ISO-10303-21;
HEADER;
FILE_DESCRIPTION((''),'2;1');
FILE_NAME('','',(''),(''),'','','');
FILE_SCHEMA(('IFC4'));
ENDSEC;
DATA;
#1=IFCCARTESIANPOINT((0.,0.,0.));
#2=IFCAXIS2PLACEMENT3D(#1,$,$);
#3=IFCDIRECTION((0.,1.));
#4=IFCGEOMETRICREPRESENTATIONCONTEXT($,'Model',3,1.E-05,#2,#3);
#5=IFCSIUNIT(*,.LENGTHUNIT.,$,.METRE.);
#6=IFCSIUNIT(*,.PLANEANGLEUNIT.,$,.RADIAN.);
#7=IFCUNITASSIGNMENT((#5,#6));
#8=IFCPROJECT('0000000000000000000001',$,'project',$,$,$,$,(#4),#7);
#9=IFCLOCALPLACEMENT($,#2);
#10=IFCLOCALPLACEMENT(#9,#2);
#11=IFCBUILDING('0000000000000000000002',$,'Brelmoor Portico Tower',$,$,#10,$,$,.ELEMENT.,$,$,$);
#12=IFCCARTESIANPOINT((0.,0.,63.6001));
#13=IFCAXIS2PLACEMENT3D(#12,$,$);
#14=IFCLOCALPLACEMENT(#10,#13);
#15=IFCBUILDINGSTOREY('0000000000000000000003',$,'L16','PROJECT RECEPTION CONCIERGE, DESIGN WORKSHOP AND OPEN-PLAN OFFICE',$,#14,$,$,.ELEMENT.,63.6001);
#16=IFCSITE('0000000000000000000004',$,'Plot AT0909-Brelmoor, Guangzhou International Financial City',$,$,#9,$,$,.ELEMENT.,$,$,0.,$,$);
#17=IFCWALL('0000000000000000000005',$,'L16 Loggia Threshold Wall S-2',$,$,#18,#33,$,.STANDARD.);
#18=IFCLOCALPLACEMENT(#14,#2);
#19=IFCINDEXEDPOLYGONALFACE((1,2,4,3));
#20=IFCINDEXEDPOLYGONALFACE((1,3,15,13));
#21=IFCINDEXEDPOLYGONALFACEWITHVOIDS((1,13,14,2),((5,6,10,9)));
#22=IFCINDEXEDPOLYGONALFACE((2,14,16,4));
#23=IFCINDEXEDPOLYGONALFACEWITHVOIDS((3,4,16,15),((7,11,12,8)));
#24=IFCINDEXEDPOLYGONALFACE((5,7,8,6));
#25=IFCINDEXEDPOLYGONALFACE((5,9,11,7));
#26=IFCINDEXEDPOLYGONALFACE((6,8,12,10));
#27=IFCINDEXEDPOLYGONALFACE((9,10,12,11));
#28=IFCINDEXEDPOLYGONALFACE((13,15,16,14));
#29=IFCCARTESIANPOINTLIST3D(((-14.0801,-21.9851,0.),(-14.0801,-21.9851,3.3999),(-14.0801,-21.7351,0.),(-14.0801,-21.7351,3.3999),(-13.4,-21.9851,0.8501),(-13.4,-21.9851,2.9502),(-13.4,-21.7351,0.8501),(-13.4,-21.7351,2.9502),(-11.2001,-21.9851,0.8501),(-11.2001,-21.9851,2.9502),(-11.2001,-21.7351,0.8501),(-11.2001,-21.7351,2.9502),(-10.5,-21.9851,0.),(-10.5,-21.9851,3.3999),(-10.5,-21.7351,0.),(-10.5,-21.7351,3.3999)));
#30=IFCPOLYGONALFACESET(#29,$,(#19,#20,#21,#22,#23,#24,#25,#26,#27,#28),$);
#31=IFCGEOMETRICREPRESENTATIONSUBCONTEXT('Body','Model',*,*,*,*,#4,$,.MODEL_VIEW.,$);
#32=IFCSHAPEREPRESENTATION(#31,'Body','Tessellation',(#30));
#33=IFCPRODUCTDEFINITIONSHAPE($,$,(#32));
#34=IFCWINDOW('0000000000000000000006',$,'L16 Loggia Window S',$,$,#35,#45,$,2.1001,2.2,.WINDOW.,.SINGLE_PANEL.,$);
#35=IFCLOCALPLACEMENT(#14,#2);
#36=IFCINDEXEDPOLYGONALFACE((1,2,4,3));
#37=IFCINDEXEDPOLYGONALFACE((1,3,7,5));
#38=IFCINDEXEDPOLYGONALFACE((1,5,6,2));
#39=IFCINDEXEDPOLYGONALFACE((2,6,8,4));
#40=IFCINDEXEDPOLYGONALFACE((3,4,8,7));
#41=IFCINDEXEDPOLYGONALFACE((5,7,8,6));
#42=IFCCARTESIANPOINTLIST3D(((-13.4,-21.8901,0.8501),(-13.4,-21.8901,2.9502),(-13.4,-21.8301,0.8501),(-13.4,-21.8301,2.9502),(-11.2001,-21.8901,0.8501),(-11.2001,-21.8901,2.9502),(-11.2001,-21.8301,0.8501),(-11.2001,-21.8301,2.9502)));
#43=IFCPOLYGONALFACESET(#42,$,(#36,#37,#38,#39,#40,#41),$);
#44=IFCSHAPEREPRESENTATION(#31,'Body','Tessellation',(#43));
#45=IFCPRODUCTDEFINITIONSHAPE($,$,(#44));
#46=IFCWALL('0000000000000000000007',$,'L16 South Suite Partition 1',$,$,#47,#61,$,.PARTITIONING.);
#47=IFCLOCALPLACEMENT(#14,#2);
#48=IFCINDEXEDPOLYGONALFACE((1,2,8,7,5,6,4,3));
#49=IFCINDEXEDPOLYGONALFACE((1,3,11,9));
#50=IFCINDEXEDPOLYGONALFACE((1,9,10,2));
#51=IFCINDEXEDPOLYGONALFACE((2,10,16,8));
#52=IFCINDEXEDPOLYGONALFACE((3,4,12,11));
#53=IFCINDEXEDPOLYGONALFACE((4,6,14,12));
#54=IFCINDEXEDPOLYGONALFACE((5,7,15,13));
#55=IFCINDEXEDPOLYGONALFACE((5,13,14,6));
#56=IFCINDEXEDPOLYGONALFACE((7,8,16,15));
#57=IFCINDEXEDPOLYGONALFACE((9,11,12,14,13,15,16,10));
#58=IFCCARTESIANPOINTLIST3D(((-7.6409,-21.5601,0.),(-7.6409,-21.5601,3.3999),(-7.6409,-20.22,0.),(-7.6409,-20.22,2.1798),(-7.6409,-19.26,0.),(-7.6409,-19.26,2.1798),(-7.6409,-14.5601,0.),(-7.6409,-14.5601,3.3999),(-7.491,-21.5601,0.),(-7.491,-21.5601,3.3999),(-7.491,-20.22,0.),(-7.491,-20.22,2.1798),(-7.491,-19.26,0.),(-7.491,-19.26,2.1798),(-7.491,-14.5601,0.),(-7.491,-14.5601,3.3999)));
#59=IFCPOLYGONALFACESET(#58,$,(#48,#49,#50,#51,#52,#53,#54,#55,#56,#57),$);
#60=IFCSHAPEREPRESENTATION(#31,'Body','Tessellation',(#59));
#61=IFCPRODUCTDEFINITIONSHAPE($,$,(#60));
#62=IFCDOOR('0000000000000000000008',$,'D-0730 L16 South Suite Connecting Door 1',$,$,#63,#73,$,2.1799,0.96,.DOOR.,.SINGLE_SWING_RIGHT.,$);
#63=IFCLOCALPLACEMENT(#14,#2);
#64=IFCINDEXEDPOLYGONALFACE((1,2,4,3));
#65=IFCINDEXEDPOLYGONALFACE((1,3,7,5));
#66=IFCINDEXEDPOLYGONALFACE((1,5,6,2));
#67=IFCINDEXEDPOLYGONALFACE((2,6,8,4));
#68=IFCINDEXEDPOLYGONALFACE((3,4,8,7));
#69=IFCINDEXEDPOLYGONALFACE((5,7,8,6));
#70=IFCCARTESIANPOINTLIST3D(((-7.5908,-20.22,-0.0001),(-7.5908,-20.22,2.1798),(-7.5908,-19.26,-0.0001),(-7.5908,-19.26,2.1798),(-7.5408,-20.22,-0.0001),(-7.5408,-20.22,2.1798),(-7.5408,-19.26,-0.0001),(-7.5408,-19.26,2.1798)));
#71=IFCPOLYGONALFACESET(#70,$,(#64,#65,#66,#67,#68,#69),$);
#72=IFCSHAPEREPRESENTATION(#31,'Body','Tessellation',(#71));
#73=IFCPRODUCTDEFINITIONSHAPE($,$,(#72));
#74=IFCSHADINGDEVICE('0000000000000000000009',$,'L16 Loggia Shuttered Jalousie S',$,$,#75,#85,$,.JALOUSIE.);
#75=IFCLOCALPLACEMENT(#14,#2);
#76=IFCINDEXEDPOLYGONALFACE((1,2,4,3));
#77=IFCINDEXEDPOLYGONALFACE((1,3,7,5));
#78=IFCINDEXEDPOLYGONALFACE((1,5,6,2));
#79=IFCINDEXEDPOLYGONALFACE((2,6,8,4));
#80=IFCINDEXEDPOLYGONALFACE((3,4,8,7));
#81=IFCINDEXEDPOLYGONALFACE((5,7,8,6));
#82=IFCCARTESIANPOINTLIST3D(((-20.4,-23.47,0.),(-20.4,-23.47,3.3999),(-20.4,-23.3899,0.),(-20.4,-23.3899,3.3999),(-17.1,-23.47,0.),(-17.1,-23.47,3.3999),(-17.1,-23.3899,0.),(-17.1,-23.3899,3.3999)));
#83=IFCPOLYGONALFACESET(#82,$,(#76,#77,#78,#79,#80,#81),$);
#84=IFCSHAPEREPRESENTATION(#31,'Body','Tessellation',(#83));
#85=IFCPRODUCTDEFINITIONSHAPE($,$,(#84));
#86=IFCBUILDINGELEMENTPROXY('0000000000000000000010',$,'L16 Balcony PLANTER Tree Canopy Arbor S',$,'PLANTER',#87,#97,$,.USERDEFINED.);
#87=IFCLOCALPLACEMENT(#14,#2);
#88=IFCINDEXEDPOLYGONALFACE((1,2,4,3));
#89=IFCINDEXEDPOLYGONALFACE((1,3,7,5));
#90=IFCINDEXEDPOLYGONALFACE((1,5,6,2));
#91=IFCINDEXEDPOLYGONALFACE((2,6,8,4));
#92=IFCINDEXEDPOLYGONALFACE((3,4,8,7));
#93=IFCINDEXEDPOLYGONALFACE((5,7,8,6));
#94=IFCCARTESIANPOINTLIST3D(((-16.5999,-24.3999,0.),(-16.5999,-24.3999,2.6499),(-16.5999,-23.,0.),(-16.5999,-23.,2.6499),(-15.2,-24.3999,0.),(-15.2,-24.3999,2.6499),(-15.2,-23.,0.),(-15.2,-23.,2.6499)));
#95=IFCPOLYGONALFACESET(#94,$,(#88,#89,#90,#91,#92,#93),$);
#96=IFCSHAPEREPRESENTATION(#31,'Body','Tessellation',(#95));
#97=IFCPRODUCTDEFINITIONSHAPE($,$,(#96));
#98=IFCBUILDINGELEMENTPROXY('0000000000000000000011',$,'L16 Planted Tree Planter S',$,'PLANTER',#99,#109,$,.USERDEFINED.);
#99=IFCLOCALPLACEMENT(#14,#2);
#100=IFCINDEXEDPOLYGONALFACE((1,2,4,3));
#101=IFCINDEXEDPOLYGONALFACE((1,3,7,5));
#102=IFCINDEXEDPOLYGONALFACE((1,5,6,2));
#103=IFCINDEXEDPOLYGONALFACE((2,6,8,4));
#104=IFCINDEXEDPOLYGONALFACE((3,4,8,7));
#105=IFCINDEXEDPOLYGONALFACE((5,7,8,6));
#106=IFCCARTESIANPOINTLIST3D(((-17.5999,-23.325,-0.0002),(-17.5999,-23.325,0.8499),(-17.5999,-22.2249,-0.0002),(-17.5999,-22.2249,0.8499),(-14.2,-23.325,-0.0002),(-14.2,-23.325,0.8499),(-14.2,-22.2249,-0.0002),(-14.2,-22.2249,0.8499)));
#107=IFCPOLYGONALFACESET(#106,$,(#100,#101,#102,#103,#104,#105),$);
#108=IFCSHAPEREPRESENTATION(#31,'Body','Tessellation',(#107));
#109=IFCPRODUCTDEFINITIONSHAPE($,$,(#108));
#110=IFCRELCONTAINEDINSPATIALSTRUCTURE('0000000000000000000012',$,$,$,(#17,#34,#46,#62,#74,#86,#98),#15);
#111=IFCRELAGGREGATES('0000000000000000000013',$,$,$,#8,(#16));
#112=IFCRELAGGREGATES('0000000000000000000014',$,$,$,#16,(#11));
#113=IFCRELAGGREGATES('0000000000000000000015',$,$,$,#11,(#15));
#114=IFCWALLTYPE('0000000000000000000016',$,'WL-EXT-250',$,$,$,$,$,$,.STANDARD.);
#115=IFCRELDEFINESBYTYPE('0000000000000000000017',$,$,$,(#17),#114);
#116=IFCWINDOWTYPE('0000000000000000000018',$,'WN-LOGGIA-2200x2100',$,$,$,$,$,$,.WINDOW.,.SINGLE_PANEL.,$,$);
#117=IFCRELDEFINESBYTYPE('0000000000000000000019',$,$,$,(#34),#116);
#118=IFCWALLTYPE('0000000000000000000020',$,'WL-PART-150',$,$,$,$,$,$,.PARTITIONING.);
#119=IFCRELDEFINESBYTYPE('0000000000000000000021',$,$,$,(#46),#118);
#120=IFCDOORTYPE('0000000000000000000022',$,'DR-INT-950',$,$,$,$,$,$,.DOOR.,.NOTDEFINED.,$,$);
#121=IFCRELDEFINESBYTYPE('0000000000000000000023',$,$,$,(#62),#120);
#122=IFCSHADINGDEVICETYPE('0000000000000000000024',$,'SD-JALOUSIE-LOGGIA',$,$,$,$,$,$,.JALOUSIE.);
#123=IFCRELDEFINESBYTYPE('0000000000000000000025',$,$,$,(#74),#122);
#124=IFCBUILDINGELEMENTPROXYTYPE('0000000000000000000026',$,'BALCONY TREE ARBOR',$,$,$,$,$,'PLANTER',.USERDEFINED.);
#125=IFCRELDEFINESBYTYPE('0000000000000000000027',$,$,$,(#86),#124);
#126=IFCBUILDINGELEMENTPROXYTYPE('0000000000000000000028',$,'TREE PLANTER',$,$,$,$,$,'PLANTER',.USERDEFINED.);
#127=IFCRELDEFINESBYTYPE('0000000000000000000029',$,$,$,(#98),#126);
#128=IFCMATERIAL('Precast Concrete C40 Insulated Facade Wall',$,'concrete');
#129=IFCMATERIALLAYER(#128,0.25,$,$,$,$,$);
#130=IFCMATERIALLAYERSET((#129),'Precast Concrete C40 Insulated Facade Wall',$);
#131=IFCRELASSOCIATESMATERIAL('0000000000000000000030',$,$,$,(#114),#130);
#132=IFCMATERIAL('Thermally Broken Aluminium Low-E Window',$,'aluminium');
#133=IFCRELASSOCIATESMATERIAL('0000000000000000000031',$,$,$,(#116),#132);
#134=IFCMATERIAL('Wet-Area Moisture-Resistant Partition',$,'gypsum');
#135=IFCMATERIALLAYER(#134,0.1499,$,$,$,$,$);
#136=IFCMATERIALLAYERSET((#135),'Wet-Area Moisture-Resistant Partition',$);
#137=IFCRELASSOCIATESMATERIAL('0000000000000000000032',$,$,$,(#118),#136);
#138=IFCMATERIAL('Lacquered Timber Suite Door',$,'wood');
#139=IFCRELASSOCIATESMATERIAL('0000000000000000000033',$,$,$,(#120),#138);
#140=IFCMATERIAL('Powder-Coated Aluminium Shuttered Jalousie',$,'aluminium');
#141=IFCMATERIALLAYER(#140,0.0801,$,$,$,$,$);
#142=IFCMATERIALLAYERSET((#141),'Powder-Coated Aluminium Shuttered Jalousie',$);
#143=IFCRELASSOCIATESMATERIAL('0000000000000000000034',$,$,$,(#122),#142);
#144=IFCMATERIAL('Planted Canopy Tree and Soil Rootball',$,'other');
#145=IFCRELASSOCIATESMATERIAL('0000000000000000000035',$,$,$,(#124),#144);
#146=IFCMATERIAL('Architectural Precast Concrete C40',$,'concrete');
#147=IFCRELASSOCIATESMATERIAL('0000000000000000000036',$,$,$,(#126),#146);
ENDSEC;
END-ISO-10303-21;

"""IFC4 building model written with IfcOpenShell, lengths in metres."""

from ifc_helpers import new_model, si_unit, direction, frame, frame_2d, origin, origin_2d, place, context, subcontext, project, spatial, rectangle, extrude, material, layer, layer_set, type_object, element, fill, save


model = new_model("IFC4")

# Units and contexts
model_context = context("Model", 3, precision=1e-05, world=origin(), true_north=direction((0.0, 1.0)))
body_context = subcontext(model_context, "Body", "Model", "MODEL_VIEW")
ifc_project = project(units=[si_unit("LENGTHUNIT", "METRE"), si_unit("PLANEANGLEUNIT", "RADIAN")], contexts=[model_context])

# Site, building, storey
site_placement = place(None, origin())
site = spatial("IfcSite", under=ifc_project, at=site_placement, Name="Plot AT0909-Brelmoor, Guangzhou International Financial City", CompositionType="ELEMENT", RefElevation=0.0)
building_placement = place(site_placement, origin())
building = spatial("IfcBuilding", under=site, at=building_placement, Name="Brelmoor Portico Tower", CompositionType="ELEMENT")
storey_placement = place(building_placement, frame((0.0, 0.0, 63.6001)))
storey = spatial("IfcBuildingStorey", under=building, at=storey_placement, Name="L16", Description="PROJECT RECEPTION CONCIERGE, DESIGN WORKSHOP AND OPEN-PLAN OFFICE", CompositionType="ELEMENT", Elevation=63.6001)

# Shared definitions
ifc_material_1 = material(Name="Precast Concrete C40 Insulated Facade Wall", Category="concrete")
ifc_layer_1 = layer(ifc_material_1, 0.25)
ifc_layer_set_1 = layer_set([ifc_layer_1], Name="Precast Concrete C40 Insulated Facade Wall")
wall_type_1 = type_object("IfcWallType", Name="WL-EXT-250", PredefinedType="STANDARD", material=ifc_layer_set_1)

# Wall, opening, window
wall_1_placement = place(storey_placement, frame((-14.0801, -21.8601, 0.0), z_axis=(0.0, 0.0, 1.0), x_axis=(1.0, 0.0, 0.0)))
wall_1 = element("IfcWall", 1, at=wall_1_placement, inside=storey, type_object=wall_type_1, Name="L16 Loggia Threshold Wall S-2", PredefinedType="STANDARD", context=body_context, shape_type="SweptSolid", body=[
    extrude(rectangle(XDim=3.5801, YDim=0.25, at=frame_2d((1.79, 0.0))), origin(), (0.0, 0.0, 1.0), 3.3999),
])
opening_1_placement = place(wall_1_placement, frame((0.6799, 0.0, 0.8501)))
opening_1 = element("IfcOpeningElement", 2, at=opening_1_placement, cuts=wall_1, PredefinedType="OPENING", context=body_context, shape_type="SweptSolid", body=[
    extrude(rectangle(XDim=2.2, YDim=2.1001, at=frame_2d((1.1001, 1.05))), frame((0.0, 0.135, 0.0), z_axis=(0.0, -1.0, 0.0), x_axis=(1.0, 0.0, 0.0)), (0.0, 0.0, 1.0), 0.27),
])
ifc_material_2 = material(Name="Thermally Broken Aluminium Low-E Window", Category="aluminium")
window_type = type_object("IfcWindowType", Name="WN-LOGGIA-2200x2100", PartitioningType="SINGLE_PANEL", PredefinedType="WINDOW", material=ifc_material_2)
window_placement = place(opening_1_placement, origin())
window = element("IfcWindow", 3, at=window_placement, inside=storey, type_object=window_type, Name="L16 Loggia Window S", OverallHeight=2.1001, OverallWidth=2.2, PartitioningType="SINGLE_PANEL", PredefinedType="WINDOW", context=body_context, shape_type="SweptSolid", body=[
    extrude(rectangle(XDim=2.2, YDim=2.1001, at=frame_2d((1.1001, 1.05))), frame((0.0, 0.03, 0.0), z_axis=(0.0, -1.0, 0.0), x_axis=(1.0, 0.0, 0.0)), (0.0, 0.0, 1.0), 0.0601),
])
fill(opening_1, window)

# Wall, opening, door
ifc_material_3 = material(Name="Wet-Area Moisture-Resistant Partition", Category="gypsum")
ifc_layer_2 = layer(ifc_material_3, 0.1499)
ifc_layer_set_2 = layer_set([ifc_layer_2], Name="Wet-Area Moisture-Resistant Partition")
wall_type_2 = type_object("IfcWallType", Name="WL-PART-150", PredefinedType="PARTITIONING", material=ifc_layer_set_2)
wall_2_placement = place(storey_placement, frame((-7.5659, -21.5601, 0.0), z_axis=(0.0, 0.0, 1.0), x_axis=(0.0, 1.0, 0.0)))
wall_2 = element("IfcWall", 4, at=wall_2_placement, inside=storey, type_object=wall_type_2, Name="L16 South Suite Partition 1", PredefinedType="PARTITIONING", context=body_context, shape_type="SweptSolid", body=[
    extrude(rectangle(XDim=7.0, YDim=0.1499, at=frame_2d((3.5, 0.0))), origin(), (0.0, 0.0, 1.0), 3.3999),
])
opening_2_placement = place(wall_2_placement, frame((1.3401, 0.0, 0.0)))
opening_2 = element("IfcOpeningElement", 5, at=opening_2_placement, cuts=wall_2, PredefinedType="OPENING", context=body_context, shape_type="SweptSolid", body=[
    extrude(rectangle(XDim=0.96, YDim=2.1799, at=frame_2d((0.48, 1.0898))), frame((0.0, 0.085, 0.0), z_axis=(0.0, -1.0, 0.0), x_axis=(1.0, 0.0, 0.0)), (0.0, 0.0, 1.0), 0.1699),
])
ifc_material_4 = material(Name="Lacquered Timber Suite Door", Category="wood")
door_type_1 = type_object("IfcDoorType", Name="DR-INT-950", OperationType="NOTDEFINED", PredefinedType="DOOR", material=ifc_material_4)
door_1_placement = place(opening_2_placement, origin())
door_1 = element("IfcDoor", 6, at=door_1_placement, inside=storey, type_object=door_type_1, Name="D-0730 L16 South Suite Connecting Door 1", OperationType="SINGLE_SWING_RIGHT", OverallHeight=2.1799, OverallWidth=0.96, PredefinedType="DOOR", context=body_context, shape_type="SweptSolid", body=[
    extrude(rectangle(XDim=0.96, YDim=2.1799, at=frame_2d((0.48, 1.0898))), frame((0.0, 0.0249, 0.0), z_axis=(0.0, -1.0, 0.0), x_axis=(1.0, 0.0, 0.0)), (0.0, 0.0, 1.0), 0.05),
])
fill(opening_2, door_1)

# Shading device
ifc_material_5 = material(Name="Powder-Coated Aluminium Shuttered Jalousie", Category="aluminium")
ifc_layer_3 = layer(ifc_material_5, 0.0801)
ifc_layer_set_3 = layer_set([ifc_layer_3], Name="Powder-Coated Aluminium Shuttered Jalousie")
shading_device_type = type_object("IfcShadingDeviceType", Name="SD-JALOUSIE-LOGGIA", PredefinedType="JALOUSIE", material=ifc_layer_set_3)
shading_device_placement = place(storey_placement, frame((-18.75, -23.4299, 0.0), z_axis=(0.0, 0.0, 1.0), x_axis=(1.0, 0.0, 0.0)))
element("IfcShadingDevice", 7, at=shading_device_placement, inside=storey, type_object=shading_device_type, Name="L16 Loggia Shuttered Jalousie S", PredefinedType="JALOUSIE", context=body_context, shape_type="SweptSolid", body=[
    extrude(rectangle(XDim=3.3, YDim=0.0801, at=origin_2d()), origin(), (0.0, 0.0, 1.0), 3.3999),
])

# Building element proxies
ifc_material_6 = material(Name="Planted Canopy Tree and Soil Rootball", Category="other")
building_element_proxy_type_1 = type_object("IfcBuildingElementProxyType", Name="BALCONY TREE ARBOR", ElementType="PLANTER", PredefinedType="USERDEFINED", material=ifc_material_6)
proxy_1_placement = place(storey_placement, frame((-15.8999, -23.7, 0.0), z_axis=(0.0, 0.0, 1.0), x_axis=(1.0, 0.0, 0.0)))
element("IfcBuildingElementProxy", 8, at=proxy_1_placement, inside=storey, type_object=building_element_proxy_type_1, Name="L16 Balcony PLANTER Tree Canopy Arbor S", ObjectType="PLANTER", PredefinedType="USERDEFINED", context=body_context, shape_type="SweptSolid", body=[
    extrude(rectangle(XDim=1.3999, YDim=1.3999, at=origin_2d()), origin(), (0.0, 0.0, 1.0), 2.6499),
])
ifc_material_7 = material(Name="Architectural Precast Concrete C40", Category="concrete")
building_element_proxy_type_2 = type_object("IfcBuildingElementProxyType", Name="TREE PLANTER", ElementType="PLANTER", PredefinedType="USERDEFINED", material=ifc_material_7)
proxy_2_placement = place(storey_placement, frame((-15.8999, -22.7749, -0.0002), z_axis=(0.0, 0.0, 1.0), x_axis=(1.0, 0.0, 0.0)))
element("IfcBuildingElementProxy", 9, at=proxy_2_placement, inside=storey, type_object=building_element_proxy_type_2, Name="L16 Planted Tree Planter S", ObjectType="PLANTER", PredefinedType="USERDEFINED", context=body_context, shape_type="SweptSolid", body=[
    extrude(rectangle(XDim=3.3999, YDim=1.1001, at=origin_2d()), origin(), (0.0, 0.0, 1.0), 0.8501),
])

save(model, "model.ifc")
